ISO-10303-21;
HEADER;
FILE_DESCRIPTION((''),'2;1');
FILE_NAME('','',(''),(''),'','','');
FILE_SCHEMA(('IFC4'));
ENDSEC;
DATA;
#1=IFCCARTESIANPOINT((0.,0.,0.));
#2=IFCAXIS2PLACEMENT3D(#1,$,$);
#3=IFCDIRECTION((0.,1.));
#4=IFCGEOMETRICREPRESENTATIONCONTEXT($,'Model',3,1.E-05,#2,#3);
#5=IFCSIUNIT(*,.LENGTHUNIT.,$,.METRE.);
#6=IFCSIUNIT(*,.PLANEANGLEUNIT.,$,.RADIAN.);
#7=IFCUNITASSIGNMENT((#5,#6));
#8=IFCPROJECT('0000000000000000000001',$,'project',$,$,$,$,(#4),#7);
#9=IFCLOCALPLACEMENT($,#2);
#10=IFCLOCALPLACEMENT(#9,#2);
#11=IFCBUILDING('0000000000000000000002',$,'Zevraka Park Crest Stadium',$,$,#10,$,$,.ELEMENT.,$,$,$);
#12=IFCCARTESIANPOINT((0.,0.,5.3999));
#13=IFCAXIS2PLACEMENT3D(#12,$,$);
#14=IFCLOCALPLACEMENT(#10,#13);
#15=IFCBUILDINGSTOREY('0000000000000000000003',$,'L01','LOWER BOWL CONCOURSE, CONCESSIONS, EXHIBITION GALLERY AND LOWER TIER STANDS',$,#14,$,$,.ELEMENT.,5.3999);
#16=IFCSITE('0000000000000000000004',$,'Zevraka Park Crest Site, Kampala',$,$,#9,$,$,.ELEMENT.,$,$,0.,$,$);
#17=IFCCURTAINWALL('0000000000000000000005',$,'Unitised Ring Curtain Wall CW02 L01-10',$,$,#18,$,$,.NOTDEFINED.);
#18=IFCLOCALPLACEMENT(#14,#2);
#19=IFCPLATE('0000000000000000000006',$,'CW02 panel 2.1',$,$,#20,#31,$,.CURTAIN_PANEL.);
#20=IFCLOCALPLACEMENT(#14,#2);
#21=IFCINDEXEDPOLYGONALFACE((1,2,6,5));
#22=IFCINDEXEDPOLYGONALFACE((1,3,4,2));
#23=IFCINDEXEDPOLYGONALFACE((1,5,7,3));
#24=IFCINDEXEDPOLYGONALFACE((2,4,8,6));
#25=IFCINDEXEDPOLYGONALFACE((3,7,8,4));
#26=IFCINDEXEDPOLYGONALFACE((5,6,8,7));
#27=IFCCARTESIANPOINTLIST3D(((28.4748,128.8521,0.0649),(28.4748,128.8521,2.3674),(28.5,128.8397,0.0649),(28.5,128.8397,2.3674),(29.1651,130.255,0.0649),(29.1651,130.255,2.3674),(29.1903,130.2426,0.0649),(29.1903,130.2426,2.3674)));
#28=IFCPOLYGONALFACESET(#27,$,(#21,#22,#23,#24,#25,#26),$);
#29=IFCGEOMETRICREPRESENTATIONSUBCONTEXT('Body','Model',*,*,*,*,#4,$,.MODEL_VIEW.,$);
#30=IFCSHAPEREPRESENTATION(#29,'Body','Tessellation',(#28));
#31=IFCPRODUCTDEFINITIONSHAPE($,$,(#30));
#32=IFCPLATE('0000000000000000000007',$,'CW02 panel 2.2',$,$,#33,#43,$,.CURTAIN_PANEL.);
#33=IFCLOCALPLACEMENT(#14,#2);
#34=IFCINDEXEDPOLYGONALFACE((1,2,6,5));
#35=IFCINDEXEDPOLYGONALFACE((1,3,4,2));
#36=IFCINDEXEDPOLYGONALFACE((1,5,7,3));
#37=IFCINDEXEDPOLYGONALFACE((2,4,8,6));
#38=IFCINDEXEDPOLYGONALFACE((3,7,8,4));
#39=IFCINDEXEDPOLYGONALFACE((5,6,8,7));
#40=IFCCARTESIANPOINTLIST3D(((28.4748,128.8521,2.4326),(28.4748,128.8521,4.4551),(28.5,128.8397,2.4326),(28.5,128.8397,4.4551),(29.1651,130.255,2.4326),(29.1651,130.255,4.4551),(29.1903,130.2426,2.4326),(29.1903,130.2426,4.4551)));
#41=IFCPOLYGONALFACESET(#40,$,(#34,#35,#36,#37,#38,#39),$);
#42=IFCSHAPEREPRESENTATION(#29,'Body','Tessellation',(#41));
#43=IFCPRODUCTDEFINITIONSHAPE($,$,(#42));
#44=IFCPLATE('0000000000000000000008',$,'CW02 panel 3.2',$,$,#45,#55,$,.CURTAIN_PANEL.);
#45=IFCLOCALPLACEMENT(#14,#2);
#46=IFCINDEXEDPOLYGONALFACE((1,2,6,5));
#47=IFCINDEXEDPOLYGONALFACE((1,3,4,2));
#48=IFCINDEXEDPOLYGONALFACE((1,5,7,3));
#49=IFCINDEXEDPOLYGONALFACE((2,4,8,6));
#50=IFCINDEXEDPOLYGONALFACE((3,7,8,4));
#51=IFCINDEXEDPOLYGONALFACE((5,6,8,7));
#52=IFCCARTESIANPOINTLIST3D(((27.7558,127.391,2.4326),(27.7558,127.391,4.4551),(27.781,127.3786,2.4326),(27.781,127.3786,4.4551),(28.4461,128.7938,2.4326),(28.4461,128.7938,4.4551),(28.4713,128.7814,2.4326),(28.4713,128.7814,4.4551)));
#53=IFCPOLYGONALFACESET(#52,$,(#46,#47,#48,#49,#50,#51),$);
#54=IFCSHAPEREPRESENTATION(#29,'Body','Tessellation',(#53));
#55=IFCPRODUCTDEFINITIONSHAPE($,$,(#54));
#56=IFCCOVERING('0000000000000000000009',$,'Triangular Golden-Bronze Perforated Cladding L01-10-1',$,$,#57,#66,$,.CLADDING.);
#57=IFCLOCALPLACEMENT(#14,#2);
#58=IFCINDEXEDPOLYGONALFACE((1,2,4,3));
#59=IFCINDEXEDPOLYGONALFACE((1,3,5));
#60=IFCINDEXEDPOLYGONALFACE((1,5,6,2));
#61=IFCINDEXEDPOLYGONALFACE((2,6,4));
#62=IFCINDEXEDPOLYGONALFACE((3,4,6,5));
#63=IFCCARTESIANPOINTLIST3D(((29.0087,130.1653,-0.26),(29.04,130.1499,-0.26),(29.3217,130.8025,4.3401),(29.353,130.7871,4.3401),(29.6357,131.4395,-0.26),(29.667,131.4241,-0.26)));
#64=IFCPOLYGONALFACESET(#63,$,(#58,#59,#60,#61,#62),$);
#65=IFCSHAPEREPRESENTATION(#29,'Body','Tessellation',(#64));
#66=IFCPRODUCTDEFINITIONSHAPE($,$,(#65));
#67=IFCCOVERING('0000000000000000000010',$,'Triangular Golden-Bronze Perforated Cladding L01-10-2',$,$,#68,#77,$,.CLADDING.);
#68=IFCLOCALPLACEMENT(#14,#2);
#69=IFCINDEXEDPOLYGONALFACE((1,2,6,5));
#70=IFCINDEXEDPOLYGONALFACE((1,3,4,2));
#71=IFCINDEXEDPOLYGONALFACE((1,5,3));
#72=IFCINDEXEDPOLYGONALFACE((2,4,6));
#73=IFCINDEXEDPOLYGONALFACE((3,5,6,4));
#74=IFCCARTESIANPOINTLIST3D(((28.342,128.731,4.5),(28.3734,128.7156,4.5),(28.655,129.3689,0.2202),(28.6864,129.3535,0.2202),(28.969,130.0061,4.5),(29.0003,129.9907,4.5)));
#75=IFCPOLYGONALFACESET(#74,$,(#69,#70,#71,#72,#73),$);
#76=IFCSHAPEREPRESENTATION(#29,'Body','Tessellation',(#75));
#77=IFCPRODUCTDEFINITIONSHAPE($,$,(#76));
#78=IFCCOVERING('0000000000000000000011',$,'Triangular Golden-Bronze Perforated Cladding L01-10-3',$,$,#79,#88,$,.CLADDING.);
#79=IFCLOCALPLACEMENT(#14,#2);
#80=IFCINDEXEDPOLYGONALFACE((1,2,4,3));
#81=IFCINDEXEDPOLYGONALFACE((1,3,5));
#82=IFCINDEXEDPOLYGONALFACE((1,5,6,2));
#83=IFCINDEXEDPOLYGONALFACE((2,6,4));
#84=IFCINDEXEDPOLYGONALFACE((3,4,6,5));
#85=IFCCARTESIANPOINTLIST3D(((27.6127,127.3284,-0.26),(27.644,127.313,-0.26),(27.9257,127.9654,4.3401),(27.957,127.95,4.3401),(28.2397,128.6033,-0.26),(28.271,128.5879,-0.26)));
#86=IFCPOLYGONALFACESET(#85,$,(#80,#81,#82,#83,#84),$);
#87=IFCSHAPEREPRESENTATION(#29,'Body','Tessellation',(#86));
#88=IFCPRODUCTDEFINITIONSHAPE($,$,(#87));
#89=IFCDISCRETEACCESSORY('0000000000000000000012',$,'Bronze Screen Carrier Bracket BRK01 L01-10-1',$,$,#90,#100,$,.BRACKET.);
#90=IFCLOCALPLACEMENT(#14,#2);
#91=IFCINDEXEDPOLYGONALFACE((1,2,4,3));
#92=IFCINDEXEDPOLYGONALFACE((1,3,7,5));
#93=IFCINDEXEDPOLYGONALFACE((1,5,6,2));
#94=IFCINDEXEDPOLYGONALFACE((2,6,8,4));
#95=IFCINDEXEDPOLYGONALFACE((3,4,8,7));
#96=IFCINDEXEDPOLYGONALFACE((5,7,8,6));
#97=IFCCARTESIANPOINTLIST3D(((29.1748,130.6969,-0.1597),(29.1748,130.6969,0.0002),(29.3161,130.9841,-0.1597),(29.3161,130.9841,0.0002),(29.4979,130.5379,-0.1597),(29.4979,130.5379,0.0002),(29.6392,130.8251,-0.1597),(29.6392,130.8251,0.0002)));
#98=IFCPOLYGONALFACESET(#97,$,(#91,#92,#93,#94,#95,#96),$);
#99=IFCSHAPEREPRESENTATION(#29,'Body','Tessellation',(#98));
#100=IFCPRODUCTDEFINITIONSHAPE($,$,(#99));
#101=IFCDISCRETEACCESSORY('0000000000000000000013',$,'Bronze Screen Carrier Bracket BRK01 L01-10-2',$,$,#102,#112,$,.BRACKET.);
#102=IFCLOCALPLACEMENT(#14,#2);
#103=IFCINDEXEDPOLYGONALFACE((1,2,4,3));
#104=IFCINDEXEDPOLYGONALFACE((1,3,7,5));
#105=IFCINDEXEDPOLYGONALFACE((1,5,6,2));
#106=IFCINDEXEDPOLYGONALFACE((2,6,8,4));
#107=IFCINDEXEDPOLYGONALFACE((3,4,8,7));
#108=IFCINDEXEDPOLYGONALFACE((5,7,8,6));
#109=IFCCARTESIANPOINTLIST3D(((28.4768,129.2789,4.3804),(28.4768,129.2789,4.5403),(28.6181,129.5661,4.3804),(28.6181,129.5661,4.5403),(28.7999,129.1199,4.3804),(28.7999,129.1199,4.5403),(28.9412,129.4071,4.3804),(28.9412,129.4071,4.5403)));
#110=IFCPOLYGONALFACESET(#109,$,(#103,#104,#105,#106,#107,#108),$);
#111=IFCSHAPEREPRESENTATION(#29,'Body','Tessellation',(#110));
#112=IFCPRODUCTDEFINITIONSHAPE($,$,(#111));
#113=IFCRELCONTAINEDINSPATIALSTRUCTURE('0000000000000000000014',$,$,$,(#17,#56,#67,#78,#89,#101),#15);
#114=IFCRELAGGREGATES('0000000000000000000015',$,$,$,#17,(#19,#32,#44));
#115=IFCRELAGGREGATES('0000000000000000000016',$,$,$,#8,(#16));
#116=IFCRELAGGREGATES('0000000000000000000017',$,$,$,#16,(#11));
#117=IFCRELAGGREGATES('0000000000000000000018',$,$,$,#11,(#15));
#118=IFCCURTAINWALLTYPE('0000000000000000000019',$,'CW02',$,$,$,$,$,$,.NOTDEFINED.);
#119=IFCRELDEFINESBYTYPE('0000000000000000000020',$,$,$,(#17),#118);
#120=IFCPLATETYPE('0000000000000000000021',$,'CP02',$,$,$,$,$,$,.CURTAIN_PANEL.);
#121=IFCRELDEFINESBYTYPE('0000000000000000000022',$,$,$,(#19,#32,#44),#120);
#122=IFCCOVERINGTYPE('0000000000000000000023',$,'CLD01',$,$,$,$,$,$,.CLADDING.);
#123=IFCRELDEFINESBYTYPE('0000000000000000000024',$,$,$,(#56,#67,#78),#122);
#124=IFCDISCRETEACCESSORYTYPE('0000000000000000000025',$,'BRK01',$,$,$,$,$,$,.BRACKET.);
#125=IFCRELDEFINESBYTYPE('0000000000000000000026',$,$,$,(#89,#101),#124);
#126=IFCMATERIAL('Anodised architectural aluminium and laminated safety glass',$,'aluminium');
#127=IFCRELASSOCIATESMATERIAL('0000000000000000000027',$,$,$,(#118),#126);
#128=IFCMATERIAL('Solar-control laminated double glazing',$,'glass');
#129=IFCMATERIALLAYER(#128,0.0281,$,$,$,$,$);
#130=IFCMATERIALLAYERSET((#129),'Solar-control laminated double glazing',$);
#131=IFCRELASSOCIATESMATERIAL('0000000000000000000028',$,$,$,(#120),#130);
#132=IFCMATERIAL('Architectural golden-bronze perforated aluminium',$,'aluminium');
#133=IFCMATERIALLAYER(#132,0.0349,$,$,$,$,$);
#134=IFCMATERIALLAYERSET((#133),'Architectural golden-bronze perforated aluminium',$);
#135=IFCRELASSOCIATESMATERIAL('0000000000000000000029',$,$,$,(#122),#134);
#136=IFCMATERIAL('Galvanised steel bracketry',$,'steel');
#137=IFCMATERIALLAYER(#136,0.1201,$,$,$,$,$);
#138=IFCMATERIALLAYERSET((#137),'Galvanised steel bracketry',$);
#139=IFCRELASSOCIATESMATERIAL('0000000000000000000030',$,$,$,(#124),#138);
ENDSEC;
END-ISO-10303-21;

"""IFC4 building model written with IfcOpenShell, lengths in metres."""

from ifc_helpers import new_model, si_unit, direction, frame, origin, origin_2d, place, context, subcontext, project, spatial, polyline, rectangle, outline, extrude, material, layer, layer_set, type_object, element, aggregate, save


model = new_model("IFC4")

# Units and contexts
model_context = context("Model", 3, precision=1e-05, world=origin(), true_north=direction((0.0, 1.0)))
body_context = subcontext(model_context, "Body", "Model", "MODEL_VIEW")
ifc_project = project(units=[si_unit("LENGTHUNIT", "METRE"), si_unit("PLANEANGLEUNIT", "RADIAN")], contexts=[model_context])

# Site, building, storey
site_placement = place(None, origin())
site = spatial("IfcSite", under=ifc_project, at=site_placement, Name="Zevraka Park Crest Site, Kampala", CompositionType="ELEMENT", RefElevation=0.0)
building_placement = place(site_placement, origin())
building = spatial("IfcBuilding", under=site, at=building_placement, Name="Zevraka Park Crest Stadium", CompositionType="ELEMENT")
storey_placement = place(building_placement, frame((0.0, 0.0, 5.3999)))
storey = spatial("IfcBuildingStorey", under=building, at=storey_placement, Name="L01", Description="LOWER BOWL CONCOURSE, CONCESSIONS, EXHIBITION GALLERY AND LOWER TIER STANDS", CompositionType="ELEMENT", Elevation=5.3999)

# Curtain wall, plates
ifc_material_1 = material(Name="Anodised architectural aluminium and laminated safety glass", Category="aluminium")
curtain_wall_type = type_object("IfcCurtainWallType", Name="CW02", PredefinedType="NOTDEFINED", material=ifc_material_1)
curtain_wall_placement = place(storey_placement, origin())
curtain_wall = element("IfcCurtainWall", 1, at=curtain_wall_placement, inside=storey, type_object=curtain_wall_type, Name="Unitised Ring Curtain Wall CW02 L01-10", PredefinedType="NOTDEFINED")
ifc_material_2 = material(Name="Solar-control laminated double glazing", Category="glass")
ifc_layer_1 = layer(ifc_material_2, 0.0281)
ifc_layer_set_1 = layer_set([ifc_layer_1], Name="Solar-control laminated double glazing")
plate_type = type_object("IfcPlateType", Name="CP02", PredefinedType="CURTAIN_PANEL", material=ifc_layer_set_1)
plate_1_placement = place(storey_placement, frame((28.8325, 129.5474, 0.0649), z_axis=(0.0, 0.0, 1.0), x_axis=(-0.441517, -0.897253, 0.0)))
plate_1 = element("IfcPlate", 2, at=plate_1_placement, type_object=plate_type, Name="CW02 panel 2.1", PredefinedType="CURTAIN_PANEL", context=body_context, shape_type="SweptSolid", body=[
    extrude(rectangle(XDim=1.5635, YDim=0.0281, at=origin_2d()), origin(), (0.0, 0.0, 1.0), 2.3025),
])
plate_2_placement = place(storey_placement, frame((28.8325, 129.5474, 2.4326), z_axis=(0.0, 0.0, 1.0), x_axis=(-0.441517, -0.897253, 0.0)))
plate_2 = element("IfcPlate", 3, at=plate_2_placement, type_object=plate_type, Name="CW02 panel 2.2", PredefinedType="CURTAIN_PANEL", context=body_context, shape_type="SweptSolid", body=[
    extrude(rectangle(XDim=1.5635, YDim=0.0281, at=origin_2d()), origin(), (0.0, 0.0, 1.0), 2.0225),
])
plate_3_placement = place(storey_placement, frame((28.1135, 128.0862, 2.4326), z_axis=(0.0, 0.0, 1.0), x_axis=(-0.441517, -0.897253, 0.0)))
plate_3 = element("IfcPlate", 4, at=plate_3_placement, type_object=plate_type, Name="CW02 panel 3.2", PredefinedType="CURTAIN_PANEL", context=body_context, shape_type="SweptSolid", body=[
    extrude(rectangle(XDim=1.5635, YDim=0.0281, at=origin_2d()), origin(), (0.0, 0.0, 1.0), 2.0225),
])
aggregate(curtain_wall, [plate_1, plate_2, plate_3])

# Coverings
ifc_material_3 = material(Name="Architectural golden-bronze perforated aluminium", Category="aluminium")
ifc_layer_2 = layer(ifc_material_3, 0.0349)
ifc_layer_set_2 = layer_set([ifc_layer_2], Name="Architectural golden-bronze perforated aluminium")
covering_type = type_object("IfcCoveringType", Name="CLD01", PredefinedType="CLADDING", material=ifc_layer_set_2)
covering_1_placement = place(storey_placement, frame((29.667, 131.4241, -0.26), z_axis=(0.897263, -0.441497, 0.000107), x_axis=(-0.441497, -0.897263, 0.0)))
element("IfcCovering", 5, at=covering_1_placement, inside=storey, type_object=covering_type, Name="Triangular Golden-Bronze Perforated Cladding L01-10-1", PredefinedType="CLADDING", context=body_context, shape_type="SweptSolid", body=[
    extrude(outline(polyline([(0.0, 0.0), (1.4201, 0.0), (0.7101, -4.6001), (0.0, 0.0)])), origin(), (0.0, 0.0, -1.0), 0.0349),
])
covering_2_placement = place(storey_placement, frame((28.342, 128.731, 4.5), z_axis=(-0.897397, 0.441224, 0.00014), x_axis=(0.441224, 0.897397, 0.0)))
element("IfcCovering", 6, at=covering_2_placement, inside=storey, type_object=covering_type, Name="Triangular Golden-Bronze Perforated Cladding L01-10-2", PredefinedType="CLADDING", context=body_context, shape_type="SweptSolid", body=[
    extrude(outline(polyline([(0.0, 0.0), (1.4209, 0.0), (0.7106, 4.2798), (0.0, 0.0)])), origin(), (0.0, 0.0, -1.0), 0.0349),
])
covering_3_placement = place(storey_placement, frame((28.271, 128.5879, -0.26), z_axis=(0.897363, -0.441292, 0.000048), x_axis=(-0.441292, -0.897363, 0.0)))
element("IfcCovering", 7, at=covering_3_placement, inside=storey, type_object=covering_type, Name="Triangular Golden-Bronze Perforated Cladding L01-10-3", PredefinedType="CLADDING", context=body_context, shape_type="SweptSolid", body=[
    extrude(outline(polyline([(0.0, 0.0), (1.4207, 0.0), (0.711, -4.6001), (0.0, 0.0)])), origin(), (0.0, 0.0, -1.0), 0.0349),
])

# Discrete accessories
ifc_material_4 = material(Name="Galvanised steel bracketry", Category="steel")
ifc_layer_3 = layer(ifc_material_4, 0.1201)
ifc_layer_set_3 = layer_set([ifc_layer_3], Name="Galvanised steel bracketry")
discrete_accessory_type = type_object("IfcDiscreteAccessoryType", Name="BRK01", PredefinedType="BRACKET", material=ifc_layer_set_3)
for number, where, z_axis, x_axis, name in (
    (8, (29.407, 130.761, -0.1597), (0.0, 0.0, 1.0), (-0.441506, -0.897258, 0.0), "Bronze Screen Carrier Bracket BRK01 L01-10-1"),
    (9, (28.709, 129.343, 4.3804), (0.0, 0.0, 1.0), (-0.441506, -0.897258, 0.0), "Bronze Screen Carrier Bracket BRK01 L01-10-2"),
):
    element("IfcDiscreteAccessory", number, at=place(storey_placement, frame(where, z_axis=z_axis, x_axis=x_axis)), inside=storey, type_object=discrete_accessory_type, Name=name, PredefinedType="BRACKET", context=body_context, shape_type="SweptSolid", body=[
        extrude(rectangle(XDim=0.3201, YDim=0.3601, at=origin_2d()), origin(), (0.0, 0.0, 1.0), 0.1599),
    ])

save(model, "model.ifc")
